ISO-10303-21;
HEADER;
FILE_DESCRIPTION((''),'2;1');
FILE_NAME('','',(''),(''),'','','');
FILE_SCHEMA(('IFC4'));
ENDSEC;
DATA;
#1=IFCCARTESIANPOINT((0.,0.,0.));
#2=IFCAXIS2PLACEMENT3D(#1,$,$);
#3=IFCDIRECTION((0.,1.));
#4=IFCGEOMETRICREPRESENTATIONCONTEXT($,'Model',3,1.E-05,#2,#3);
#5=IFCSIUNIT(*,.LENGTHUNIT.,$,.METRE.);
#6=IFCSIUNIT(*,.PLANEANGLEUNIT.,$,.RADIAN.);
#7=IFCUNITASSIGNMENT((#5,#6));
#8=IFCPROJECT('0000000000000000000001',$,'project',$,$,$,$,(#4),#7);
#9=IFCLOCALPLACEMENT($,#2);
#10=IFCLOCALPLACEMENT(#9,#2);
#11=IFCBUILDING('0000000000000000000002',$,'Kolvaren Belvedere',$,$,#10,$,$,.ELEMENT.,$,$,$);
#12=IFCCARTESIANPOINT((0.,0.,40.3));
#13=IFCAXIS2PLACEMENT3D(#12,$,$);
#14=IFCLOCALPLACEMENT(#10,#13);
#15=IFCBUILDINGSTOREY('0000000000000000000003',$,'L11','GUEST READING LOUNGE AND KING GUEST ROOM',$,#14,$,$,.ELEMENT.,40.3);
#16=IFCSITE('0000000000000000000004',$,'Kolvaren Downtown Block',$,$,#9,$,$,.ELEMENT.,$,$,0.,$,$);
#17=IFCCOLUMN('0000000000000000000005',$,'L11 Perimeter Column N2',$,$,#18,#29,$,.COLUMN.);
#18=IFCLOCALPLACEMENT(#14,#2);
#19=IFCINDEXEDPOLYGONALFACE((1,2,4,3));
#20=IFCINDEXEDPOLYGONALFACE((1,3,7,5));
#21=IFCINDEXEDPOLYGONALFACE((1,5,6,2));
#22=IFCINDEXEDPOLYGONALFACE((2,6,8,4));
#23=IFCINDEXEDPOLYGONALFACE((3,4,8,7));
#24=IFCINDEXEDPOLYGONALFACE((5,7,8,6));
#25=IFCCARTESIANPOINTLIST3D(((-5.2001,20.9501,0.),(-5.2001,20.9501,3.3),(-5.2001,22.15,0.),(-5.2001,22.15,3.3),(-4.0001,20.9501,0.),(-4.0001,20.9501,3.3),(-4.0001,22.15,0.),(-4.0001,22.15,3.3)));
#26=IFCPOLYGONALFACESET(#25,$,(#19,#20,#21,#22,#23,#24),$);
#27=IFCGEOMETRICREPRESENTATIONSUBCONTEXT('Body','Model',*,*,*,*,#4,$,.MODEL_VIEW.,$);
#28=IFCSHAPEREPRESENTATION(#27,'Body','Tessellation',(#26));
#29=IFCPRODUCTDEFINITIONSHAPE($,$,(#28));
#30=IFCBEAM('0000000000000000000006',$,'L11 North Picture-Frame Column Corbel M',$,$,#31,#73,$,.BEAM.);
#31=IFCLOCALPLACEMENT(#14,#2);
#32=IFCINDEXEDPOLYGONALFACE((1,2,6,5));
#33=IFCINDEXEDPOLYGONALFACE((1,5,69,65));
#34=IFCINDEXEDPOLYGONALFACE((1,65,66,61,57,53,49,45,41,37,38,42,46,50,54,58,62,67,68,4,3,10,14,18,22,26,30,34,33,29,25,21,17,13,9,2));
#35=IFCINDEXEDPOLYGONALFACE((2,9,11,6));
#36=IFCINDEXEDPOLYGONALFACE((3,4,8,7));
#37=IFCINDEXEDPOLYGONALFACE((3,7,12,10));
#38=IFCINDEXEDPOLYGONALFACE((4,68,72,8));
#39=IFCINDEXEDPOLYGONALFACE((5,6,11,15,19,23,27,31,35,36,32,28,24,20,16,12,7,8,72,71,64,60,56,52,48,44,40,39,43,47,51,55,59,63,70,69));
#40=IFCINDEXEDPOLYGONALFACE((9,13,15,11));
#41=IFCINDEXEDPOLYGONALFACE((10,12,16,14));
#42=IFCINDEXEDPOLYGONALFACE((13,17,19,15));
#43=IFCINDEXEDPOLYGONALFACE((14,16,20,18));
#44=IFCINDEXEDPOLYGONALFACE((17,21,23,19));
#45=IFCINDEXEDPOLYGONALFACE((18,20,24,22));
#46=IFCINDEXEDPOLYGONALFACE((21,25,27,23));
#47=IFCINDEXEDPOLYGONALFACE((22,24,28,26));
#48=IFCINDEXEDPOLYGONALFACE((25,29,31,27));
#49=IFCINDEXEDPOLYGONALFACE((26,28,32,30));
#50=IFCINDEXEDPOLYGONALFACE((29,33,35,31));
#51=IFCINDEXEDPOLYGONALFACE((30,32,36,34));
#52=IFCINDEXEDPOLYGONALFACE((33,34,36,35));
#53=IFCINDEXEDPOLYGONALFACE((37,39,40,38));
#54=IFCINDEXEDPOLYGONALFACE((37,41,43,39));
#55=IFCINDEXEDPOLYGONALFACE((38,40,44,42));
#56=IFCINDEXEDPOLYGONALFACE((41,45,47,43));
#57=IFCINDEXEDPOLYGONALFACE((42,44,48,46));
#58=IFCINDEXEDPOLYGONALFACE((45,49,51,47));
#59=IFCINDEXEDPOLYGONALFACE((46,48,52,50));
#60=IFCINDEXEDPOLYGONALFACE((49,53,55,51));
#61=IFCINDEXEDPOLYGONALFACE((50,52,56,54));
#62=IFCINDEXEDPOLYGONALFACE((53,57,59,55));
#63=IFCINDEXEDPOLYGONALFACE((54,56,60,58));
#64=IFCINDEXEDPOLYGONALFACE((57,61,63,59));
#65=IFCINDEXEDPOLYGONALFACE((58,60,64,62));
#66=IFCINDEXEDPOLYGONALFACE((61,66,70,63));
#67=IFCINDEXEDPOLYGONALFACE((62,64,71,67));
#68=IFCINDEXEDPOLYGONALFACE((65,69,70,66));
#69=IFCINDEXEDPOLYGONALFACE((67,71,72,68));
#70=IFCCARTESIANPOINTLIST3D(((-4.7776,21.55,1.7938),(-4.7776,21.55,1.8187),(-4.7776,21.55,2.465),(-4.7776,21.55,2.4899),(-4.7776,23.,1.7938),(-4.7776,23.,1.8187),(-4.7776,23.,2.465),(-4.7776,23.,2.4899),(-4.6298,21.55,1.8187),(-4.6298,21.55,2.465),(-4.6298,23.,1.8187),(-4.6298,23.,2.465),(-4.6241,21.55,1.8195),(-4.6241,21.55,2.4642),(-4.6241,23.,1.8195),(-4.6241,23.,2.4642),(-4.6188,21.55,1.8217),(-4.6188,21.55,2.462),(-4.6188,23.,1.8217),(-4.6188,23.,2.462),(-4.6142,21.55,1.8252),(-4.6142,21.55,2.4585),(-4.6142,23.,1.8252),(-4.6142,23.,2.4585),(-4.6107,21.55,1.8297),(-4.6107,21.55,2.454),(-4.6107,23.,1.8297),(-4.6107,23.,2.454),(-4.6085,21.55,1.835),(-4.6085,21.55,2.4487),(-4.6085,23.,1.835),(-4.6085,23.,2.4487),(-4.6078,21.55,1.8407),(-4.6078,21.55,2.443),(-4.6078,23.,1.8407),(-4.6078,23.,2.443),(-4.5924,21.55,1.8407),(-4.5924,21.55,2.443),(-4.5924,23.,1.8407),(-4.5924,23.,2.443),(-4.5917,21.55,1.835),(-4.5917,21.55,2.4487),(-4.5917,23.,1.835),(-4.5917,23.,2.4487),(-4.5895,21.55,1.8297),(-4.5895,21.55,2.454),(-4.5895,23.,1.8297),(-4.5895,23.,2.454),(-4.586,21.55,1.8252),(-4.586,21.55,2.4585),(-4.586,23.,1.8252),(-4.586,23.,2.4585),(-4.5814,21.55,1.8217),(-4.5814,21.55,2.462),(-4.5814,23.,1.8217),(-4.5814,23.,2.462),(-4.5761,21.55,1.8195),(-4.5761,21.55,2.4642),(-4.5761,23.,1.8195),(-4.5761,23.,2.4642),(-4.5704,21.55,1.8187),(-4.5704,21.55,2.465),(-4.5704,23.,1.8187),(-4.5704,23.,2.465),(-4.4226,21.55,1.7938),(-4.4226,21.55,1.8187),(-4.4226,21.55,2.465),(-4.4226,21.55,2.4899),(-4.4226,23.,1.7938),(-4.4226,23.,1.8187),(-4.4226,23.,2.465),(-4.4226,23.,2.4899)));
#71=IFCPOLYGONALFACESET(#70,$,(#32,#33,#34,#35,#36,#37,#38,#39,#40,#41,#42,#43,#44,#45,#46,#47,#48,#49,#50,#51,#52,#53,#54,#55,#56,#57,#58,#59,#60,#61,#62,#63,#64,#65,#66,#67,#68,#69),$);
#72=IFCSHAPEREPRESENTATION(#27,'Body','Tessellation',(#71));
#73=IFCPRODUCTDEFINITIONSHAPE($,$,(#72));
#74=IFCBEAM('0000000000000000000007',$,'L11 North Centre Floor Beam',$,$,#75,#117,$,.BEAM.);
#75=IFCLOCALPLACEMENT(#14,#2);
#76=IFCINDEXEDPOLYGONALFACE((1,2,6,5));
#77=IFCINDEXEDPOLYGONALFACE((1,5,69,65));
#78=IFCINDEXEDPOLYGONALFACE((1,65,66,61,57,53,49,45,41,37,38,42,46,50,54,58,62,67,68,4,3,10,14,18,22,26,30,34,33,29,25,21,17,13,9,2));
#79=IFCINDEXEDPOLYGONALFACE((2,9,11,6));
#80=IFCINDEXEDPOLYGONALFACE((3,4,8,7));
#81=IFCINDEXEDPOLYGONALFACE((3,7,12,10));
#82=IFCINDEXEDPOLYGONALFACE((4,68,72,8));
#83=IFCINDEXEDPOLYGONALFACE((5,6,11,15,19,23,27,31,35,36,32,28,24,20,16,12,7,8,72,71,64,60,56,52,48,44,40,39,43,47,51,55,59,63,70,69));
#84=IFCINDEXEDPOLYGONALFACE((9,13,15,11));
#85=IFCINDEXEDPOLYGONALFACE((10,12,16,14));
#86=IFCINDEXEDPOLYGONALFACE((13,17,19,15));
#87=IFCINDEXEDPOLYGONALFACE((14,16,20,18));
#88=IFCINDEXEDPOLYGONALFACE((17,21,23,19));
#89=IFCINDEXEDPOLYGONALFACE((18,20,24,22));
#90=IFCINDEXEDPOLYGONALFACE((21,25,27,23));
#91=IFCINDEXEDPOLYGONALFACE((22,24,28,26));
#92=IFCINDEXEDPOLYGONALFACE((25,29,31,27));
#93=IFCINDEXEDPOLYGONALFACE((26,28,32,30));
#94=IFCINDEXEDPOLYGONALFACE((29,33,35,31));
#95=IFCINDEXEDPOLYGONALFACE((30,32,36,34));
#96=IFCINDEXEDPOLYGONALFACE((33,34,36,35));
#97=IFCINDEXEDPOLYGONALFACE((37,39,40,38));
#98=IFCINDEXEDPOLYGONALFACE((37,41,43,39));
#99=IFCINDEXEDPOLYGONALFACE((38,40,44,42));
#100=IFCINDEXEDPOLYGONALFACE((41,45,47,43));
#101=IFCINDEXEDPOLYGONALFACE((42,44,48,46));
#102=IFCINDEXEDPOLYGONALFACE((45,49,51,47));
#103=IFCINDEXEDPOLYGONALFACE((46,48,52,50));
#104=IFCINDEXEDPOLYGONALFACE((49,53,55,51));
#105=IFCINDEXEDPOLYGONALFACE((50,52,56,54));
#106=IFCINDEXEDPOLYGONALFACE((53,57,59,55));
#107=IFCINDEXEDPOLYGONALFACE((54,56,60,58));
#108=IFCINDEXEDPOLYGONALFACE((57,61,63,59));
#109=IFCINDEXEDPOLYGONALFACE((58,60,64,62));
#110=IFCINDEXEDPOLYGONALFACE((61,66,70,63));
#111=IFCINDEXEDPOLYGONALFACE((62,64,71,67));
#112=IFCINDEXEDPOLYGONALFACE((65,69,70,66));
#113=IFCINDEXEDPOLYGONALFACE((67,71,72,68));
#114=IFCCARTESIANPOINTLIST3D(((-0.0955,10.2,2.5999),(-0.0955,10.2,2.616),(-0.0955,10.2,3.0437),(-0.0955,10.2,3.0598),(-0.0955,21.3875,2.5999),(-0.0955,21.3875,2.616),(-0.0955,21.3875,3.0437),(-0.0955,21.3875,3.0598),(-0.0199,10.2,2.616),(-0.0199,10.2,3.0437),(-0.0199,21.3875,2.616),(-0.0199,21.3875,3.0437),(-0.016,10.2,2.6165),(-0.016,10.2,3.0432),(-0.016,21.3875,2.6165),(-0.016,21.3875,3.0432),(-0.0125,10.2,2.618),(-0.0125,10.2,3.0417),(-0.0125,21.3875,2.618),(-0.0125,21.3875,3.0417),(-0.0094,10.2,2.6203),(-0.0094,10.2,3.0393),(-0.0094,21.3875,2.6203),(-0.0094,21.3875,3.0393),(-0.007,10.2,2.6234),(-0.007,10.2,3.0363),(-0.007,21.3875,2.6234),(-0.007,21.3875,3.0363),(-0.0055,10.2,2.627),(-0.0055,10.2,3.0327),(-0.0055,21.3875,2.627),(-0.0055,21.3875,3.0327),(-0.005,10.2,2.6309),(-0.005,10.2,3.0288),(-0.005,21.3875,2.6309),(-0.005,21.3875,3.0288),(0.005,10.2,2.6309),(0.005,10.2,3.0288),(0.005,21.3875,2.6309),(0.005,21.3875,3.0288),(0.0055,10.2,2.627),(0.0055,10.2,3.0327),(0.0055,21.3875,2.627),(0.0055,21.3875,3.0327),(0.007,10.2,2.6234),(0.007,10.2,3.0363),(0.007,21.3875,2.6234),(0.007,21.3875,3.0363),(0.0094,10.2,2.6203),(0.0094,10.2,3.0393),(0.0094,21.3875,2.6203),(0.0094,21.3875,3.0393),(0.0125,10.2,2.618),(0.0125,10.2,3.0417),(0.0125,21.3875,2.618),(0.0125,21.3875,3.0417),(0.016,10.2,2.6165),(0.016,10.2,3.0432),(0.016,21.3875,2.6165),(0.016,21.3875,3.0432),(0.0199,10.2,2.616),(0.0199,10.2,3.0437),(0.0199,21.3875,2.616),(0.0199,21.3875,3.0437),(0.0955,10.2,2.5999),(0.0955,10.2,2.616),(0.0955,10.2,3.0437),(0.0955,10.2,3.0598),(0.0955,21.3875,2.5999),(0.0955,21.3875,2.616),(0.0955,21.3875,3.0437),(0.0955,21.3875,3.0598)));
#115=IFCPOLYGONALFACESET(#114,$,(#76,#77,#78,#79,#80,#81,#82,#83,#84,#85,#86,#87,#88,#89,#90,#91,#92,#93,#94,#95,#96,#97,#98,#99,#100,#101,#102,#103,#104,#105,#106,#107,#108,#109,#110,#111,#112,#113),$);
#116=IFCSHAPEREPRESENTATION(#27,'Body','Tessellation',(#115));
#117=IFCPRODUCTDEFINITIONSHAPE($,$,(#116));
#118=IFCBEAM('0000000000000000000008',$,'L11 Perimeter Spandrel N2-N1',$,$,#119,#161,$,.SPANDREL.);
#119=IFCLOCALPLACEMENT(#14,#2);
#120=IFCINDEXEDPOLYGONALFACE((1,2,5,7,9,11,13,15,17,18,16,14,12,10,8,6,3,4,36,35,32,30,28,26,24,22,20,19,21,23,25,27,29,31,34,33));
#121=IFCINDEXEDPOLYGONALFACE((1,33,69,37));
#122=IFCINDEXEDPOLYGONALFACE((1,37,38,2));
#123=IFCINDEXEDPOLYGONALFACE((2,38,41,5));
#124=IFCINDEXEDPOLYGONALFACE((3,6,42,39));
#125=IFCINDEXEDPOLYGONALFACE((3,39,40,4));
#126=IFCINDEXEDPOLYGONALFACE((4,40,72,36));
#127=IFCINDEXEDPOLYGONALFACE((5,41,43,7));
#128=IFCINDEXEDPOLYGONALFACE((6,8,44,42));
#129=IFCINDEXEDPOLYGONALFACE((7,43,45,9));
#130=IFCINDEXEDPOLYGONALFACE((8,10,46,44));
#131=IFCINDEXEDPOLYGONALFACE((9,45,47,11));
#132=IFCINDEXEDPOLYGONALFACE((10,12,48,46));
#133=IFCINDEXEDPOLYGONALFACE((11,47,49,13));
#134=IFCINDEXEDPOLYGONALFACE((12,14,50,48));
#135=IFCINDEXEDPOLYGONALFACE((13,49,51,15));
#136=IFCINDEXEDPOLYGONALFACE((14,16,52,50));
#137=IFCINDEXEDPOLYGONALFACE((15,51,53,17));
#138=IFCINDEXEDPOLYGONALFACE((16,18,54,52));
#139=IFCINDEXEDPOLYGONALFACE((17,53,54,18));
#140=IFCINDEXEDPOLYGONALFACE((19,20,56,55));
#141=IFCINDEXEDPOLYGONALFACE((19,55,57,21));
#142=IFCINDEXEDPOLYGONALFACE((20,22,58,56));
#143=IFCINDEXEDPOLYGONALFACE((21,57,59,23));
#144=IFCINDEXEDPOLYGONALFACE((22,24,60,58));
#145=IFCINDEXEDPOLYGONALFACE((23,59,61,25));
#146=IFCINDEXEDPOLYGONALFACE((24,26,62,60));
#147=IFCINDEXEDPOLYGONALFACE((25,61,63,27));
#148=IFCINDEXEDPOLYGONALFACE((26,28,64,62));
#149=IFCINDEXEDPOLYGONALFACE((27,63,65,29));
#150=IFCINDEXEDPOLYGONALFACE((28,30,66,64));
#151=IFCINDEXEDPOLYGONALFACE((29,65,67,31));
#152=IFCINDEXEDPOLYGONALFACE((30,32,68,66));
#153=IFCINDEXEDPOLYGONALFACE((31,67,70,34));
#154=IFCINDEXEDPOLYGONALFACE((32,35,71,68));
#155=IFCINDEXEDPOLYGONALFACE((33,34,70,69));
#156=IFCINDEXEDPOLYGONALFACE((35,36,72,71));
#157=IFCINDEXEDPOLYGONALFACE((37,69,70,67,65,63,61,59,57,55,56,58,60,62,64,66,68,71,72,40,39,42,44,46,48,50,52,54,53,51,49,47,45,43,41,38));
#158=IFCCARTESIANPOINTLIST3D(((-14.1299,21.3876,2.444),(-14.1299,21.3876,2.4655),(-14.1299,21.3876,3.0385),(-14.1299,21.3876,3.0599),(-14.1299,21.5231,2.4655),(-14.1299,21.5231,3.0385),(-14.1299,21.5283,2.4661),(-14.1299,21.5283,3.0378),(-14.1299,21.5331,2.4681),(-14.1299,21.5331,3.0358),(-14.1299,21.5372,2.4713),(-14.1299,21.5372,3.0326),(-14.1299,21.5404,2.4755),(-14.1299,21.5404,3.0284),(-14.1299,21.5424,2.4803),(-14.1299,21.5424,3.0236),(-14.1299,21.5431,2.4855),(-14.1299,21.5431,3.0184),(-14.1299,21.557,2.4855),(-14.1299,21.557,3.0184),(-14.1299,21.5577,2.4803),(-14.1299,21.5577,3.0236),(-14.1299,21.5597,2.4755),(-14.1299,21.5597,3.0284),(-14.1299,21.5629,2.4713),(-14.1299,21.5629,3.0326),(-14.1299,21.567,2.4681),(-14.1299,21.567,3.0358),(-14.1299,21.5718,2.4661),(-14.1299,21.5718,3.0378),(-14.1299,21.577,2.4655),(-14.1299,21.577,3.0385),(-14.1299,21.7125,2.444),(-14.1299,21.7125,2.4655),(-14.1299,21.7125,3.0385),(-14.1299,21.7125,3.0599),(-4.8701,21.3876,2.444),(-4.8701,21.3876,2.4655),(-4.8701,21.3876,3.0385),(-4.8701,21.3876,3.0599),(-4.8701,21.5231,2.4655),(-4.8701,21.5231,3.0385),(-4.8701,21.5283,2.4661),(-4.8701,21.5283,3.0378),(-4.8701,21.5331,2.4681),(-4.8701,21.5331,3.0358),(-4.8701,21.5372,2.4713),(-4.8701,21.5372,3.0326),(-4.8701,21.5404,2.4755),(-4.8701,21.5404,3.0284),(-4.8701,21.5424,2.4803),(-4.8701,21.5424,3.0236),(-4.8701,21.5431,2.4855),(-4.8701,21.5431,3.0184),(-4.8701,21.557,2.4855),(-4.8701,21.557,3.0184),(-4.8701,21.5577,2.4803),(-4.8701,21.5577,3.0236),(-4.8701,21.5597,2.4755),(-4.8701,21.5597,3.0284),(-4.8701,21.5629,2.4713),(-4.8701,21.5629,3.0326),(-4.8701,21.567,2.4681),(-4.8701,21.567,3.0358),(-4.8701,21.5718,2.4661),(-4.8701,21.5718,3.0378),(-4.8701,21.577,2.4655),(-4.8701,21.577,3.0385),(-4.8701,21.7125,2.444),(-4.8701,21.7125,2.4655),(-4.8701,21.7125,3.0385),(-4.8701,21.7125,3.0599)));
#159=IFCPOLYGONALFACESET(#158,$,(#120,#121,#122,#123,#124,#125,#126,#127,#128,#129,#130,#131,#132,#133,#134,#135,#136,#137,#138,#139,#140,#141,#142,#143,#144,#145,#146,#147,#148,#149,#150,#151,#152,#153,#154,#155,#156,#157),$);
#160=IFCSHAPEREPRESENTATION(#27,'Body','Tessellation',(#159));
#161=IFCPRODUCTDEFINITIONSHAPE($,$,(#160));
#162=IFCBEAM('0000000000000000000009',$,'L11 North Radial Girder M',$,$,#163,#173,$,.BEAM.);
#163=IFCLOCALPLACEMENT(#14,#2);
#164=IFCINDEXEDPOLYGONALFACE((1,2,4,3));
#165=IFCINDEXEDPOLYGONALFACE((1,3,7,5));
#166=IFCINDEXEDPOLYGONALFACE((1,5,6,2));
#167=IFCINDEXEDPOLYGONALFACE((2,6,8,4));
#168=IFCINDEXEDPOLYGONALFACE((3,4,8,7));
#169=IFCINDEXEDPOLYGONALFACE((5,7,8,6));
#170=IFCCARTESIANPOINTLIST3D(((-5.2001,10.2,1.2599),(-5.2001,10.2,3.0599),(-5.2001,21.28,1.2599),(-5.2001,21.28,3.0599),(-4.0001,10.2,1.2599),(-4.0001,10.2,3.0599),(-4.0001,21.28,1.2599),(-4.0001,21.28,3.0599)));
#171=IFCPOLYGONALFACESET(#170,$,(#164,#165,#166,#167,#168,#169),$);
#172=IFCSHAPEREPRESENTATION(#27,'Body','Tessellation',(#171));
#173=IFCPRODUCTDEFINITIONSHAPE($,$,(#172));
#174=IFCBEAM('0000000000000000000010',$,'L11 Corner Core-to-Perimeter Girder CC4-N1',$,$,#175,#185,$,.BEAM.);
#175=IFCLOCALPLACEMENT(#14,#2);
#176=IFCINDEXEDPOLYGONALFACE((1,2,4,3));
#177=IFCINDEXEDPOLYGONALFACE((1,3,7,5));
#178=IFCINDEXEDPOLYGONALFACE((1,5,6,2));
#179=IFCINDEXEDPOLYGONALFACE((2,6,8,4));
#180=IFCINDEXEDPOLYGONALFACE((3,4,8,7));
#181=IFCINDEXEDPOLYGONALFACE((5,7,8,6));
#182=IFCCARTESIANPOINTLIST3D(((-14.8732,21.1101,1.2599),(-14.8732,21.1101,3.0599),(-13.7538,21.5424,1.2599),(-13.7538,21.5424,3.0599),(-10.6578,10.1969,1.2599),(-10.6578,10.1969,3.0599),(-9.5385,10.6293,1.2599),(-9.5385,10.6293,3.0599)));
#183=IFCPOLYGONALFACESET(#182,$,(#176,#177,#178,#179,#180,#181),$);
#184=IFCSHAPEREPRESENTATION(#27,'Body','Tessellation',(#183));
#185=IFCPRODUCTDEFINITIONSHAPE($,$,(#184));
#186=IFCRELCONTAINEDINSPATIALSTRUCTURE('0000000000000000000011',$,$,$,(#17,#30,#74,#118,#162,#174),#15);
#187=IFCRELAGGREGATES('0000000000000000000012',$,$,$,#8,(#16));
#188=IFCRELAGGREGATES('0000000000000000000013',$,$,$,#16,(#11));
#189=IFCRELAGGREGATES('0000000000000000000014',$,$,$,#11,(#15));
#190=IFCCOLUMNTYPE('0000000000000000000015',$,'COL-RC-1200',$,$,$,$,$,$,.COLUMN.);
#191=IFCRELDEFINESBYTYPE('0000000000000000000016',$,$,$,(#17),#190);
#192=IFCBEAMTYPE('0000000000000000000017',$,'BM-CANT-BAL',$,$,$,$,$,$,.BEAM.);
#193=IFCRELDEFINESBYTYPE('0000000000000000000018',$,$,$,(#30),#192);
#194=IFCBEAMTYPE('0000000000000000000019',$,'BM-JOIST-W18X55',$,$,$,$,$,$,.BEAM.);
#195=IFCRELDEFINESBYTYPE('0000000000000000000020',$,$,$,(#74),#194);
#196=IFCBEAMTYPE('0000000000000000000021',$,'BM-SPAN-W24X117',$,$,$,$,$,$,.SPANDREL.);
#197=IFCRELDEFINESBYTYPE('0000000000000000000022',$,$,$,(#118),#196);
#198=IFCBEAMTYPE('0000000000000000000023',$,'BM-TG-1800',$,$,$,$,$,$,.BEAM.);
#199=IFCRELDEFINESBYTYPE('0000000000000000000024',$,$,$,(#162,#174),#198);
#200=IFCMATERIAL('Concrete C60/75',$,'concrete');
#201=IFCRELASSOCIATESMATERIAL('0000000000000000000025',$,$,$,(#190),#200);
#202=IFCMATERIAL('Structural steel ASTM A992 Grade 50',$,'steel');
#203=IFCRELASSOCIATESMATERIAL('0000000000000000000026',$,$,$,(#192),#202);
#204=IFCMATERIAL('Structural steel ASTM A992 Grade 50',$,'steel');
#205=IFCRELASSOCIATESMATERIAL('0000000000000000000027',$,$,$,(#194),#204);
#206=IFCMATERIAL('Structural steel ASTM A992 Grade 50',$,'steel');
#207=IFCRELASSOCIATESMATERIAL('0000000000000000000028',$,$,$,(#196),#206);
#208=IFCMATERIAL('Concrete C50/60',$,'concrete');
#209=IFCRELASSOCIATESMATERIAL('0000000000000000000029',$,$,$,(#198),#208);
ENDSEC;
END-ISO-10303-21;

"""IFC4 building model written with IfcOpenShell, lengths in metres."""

from ifc_helpers import new_model, si_unit, direction, frame, origin, origin_2d, place, context, subcontext, project, spatial, rectangle, i_section, extrude, material, material_profile, profile_set, type_object, element, save


model = new_model("IFC4")

# Units and contexts
model_context = context("Model", 3, precision=1e-05, world=origin(), true_north=direction((0.0, 1.0)))
body_context = subcontext(model_context, "Body", "Model", "MODEL_VIEW")
ifc_project = project(units=[si_unit("LENGTHUNIT", "METRE"), si_unit("PLANEANGLEUNIT", "RADIAN")], contexts=[model_context])

# Site, building, storey
site_placement = place(None, origin())
site = spatial("IfcSite", under=ifc_project, at=site_placement, Name="Kolvaren Downtown Block", CompositionType="ELEMENT", RefElevation=0.0)
building_placement = place(site_placement, origin())
building = spatial("IfcBuilding", under=site, at=building_placement, Name="Kolvaren Belvedere", CompositionType="ELEMENT")
storey_placement = place(building_placement, frame((0.0, 0.0, 40.3)))
storey = spatial("IfcBuildingStorey", under=building, at=storey_placement, Name="L11", Description="GUEST READING LOUNGE AND KING GUEST ROOM", CompositionType="ELEMENT", Elevation=40.3)

# Column
ifc_material_1 = material(Name="Concrete C60/75", Category="concrete")
ifc_material_profile_1 = material_profile(ifc_material_1, rectangle(XDim=1.2, YDim=1.2, at=origin_2d()), Name="RC 1200X1200")
ifc_profile_set_1 = profile_set([ifc_material_profile_1], Name="Concrete C60/75")
column_type = type_object("IfcColumnType", Name="COL-RC-1200", PredefinedType="COLUMN", material=ifc_profile_set_1)
column_placement = place(storey_placement, frame((-4.6001, 21.55, 0.0), z_axis=(0.0, 0.0, 1.0), x_axis=(1.0, 0.0, 0.0)))
element("IfcColumn", 1, at=column_placement, inside=storey, type_object=column_type, Name="L11 Perimeter Column N2", PredefinedType="COLUMN", context=body_context, shape_type="SweptSolid", body=[
    extrude(rectangle(XDim=1.2, YDim=1.2, at=origin_2d()), origin(), (0.0, 0.0, 1.0), 3.3),
])

# Beams
ifc_material_2 = material(Name="Structural steel ASTM A992 Grade 50", Category="steel")
ifc_material_profile_2 = material_profile(ifc_material_2, i_section(OverallWidth=0.355, OverallDepth=0.696, WebThickness=0.0154, FlangeThickness=0.0249, FilletRadius=0.022, at=origin_2d()), Name="W27X146")
ifc_profile_set_2 = profile_set([ifc_material_profile_2], Name="Structural steel ASTM A992 Grade 50")
beam_type_1 = type_object("IfcBeamType", Name="BM-CANT-BAL", PredefinedType="BEAM", material=ifc_profile_set_2)
beam_1_placement = place(storey_placement, frame((-4.6001, 21.55, 2.1418), z_axis=(0.0, 1.0, 0.0), x_axis=(-1.0, 0.0, 0.0)))
element("IfcBeam", 2, at=beam_1_placement, inside=storey, type_object=beam_type_1, Name="L11 North Picture-Frame Column Corbel M", PredefinedType="BEAM", context=body_context, shape_type="SweptSolid", body=[
    extrude(i_section(OverallWidth=0.355, OverallDepth=0.696, WebThickness=0.0154, FlangeThickness=0.0249, FilletRadius=0.022, at=origin_2d()), origin(), (0.0, 0.0, 1.0), 1.45),
])
ifc_material_3 = material(Name="Structural steel ASTM A992 Grade 50", Category="steel")
ifc_material_profile_3 = material_profile(ifc_material_3, i_section(OverallWidth=0.1909, OverallDepth=0.46, WebThickness=0.01, FlangeThickness=0.0161, FilletRadius=0.0149, at=origin_2d()), Name="W18X55")
ifc_profile_set_3 = profile_set([ifc_material_profile_3], Name="Structural steel ASTM A992 Grade 50")
beam_type_2 = type_object("IfcBeamType", Name="BM-JOIST-W18X55", PredefinedType="BEAM", material=ifc_profile_set_3)
beam_2_placement = place(storey_placement, frame((0.0, 10.2, 2.8298), z_axis=(0.0, 1.0, 0.0), x_axis=(-1.0, 0.0, 0.0)))
element("IfcBeam", 3, at=beam_2_placement, inside=storey, type_object=beam_type_2, Name="L11 North Centre Floor Beam", PredefinedType="BEAM", context=body_context, shape_type="SweptSolid", body=[
    extrude(i_section(OverallWidth=0.1909, OverallDepth=0.46, WebThickness=0.01, FlangeThickness=0.0161, FilletRadius=0.0149, at=origin_2d()), origin(), (0.0, 0.0, 1.0), 11.1875),
])
ifc_material_4 = material(Name="Structural steel ASTM A992 Grade 50", Category="steel")
ifc_material_profile_4 = material_profile(ifc_material_4, i_section(OverallWidth=0.325, OverallDepth=0.616, WebThickness=0.0139, FlangeThickness=0.0215, FilletRadius=0.02, at=origin_2d()), Name="W24X117")
ifc_profile_set_4 = profile_set([ifc_material_profile_4], Name="Structural steel ASTM A992 Grade 50")
beam_type_3 = type_object("IfcBeamType", Name="BM-SPAN-W24X117", PredefinedType="SPANDREL", material=ifc_profile_set_4)
beam_3_placement = place(storey_placement, frame((-4.8701, 21.55, 2.752), z_axis=(-1.0, 0.0, 0.0), x_axis=(0.0, -1.0, 0.0)))
element("IfcBeam", 4, at=beam_3_placement, inside=storey, type_object=beam_type_3, Name="L11 Perimeter Spandrel N2-N1", PredefinedType="SPANDREL", context=body_context, shape_type="SweptSolid", body=[
    extrude(i_section(OverallWidth=0.325, OverallDepth=0.616, WebThickness=0.0139, FlangeThickness=0.0215, FilletRadius=0.02, at=origin_2d()), origin(), (0.0, 0.0, 1.0), 9.2598),
])
ifc_material_5 = material(Name="Concrete C50/60", Category="concrete")
ifc_material_profile_5 = material_profile(ifc_material_5, rectangle(XDim=1.2, YDim=1.8, at=origin_2d()), Name="RC 1200X1800")
ifc_profile_set_5 = profile_set([ifc_material_profile_5], Name="Concrete C50/60")
beam_type_4 = type_object("IfcBeamType", Name="BM-TG-1800", PredefinedType="BEAM", material=ifc_profile_set_5)
beam_4_placement = place(storey_placement, frame((-4.6001, 10.2, 2.1599), z_axis=(0.0, 1.0, 0.0), x_axis=(-1.0, 0.0, 0.0)))
element("IfcBeam", 5, at=beam_4_placement, inside=storey, type_object=beam_type_4, Name="L11 North Radial Girder M", PredefinedType="BEAM", context=body_context, shape_type="SweptSolid", body=[
    extrude(rectangle(XDim=1.2, YDim=1.8, at=origin_2d()), origin(), (0.0, 0.0, 1.0), 11.0801),
])
for number, where, z_axis, x_axis, name in (
    (6, (-10.0981, 10.4131, 2.1599), (-0.360318, 0.932829, 0.0), (-0.932829, -0.360318, 0.0), "L11 Corner Core-to-Perimeter Girder CC4-N1"),
):
    element("IfcBeam", number, at=place(storey_placement, frame(where, z_axis=z_axis, x_axis=x_axis)), inside=storey, type_object=beam_type_4, Name=name, PredefinedType="BEAM", context=body_context, shape_type="SweptSolid", body=[
        extrude(rectangle(XDim=1.2, YDim=1.8, at=origin_2d()), origin(), (0.0, 0.0, 1.0), 11.699),
    ])

save(model, "model.ifc")
